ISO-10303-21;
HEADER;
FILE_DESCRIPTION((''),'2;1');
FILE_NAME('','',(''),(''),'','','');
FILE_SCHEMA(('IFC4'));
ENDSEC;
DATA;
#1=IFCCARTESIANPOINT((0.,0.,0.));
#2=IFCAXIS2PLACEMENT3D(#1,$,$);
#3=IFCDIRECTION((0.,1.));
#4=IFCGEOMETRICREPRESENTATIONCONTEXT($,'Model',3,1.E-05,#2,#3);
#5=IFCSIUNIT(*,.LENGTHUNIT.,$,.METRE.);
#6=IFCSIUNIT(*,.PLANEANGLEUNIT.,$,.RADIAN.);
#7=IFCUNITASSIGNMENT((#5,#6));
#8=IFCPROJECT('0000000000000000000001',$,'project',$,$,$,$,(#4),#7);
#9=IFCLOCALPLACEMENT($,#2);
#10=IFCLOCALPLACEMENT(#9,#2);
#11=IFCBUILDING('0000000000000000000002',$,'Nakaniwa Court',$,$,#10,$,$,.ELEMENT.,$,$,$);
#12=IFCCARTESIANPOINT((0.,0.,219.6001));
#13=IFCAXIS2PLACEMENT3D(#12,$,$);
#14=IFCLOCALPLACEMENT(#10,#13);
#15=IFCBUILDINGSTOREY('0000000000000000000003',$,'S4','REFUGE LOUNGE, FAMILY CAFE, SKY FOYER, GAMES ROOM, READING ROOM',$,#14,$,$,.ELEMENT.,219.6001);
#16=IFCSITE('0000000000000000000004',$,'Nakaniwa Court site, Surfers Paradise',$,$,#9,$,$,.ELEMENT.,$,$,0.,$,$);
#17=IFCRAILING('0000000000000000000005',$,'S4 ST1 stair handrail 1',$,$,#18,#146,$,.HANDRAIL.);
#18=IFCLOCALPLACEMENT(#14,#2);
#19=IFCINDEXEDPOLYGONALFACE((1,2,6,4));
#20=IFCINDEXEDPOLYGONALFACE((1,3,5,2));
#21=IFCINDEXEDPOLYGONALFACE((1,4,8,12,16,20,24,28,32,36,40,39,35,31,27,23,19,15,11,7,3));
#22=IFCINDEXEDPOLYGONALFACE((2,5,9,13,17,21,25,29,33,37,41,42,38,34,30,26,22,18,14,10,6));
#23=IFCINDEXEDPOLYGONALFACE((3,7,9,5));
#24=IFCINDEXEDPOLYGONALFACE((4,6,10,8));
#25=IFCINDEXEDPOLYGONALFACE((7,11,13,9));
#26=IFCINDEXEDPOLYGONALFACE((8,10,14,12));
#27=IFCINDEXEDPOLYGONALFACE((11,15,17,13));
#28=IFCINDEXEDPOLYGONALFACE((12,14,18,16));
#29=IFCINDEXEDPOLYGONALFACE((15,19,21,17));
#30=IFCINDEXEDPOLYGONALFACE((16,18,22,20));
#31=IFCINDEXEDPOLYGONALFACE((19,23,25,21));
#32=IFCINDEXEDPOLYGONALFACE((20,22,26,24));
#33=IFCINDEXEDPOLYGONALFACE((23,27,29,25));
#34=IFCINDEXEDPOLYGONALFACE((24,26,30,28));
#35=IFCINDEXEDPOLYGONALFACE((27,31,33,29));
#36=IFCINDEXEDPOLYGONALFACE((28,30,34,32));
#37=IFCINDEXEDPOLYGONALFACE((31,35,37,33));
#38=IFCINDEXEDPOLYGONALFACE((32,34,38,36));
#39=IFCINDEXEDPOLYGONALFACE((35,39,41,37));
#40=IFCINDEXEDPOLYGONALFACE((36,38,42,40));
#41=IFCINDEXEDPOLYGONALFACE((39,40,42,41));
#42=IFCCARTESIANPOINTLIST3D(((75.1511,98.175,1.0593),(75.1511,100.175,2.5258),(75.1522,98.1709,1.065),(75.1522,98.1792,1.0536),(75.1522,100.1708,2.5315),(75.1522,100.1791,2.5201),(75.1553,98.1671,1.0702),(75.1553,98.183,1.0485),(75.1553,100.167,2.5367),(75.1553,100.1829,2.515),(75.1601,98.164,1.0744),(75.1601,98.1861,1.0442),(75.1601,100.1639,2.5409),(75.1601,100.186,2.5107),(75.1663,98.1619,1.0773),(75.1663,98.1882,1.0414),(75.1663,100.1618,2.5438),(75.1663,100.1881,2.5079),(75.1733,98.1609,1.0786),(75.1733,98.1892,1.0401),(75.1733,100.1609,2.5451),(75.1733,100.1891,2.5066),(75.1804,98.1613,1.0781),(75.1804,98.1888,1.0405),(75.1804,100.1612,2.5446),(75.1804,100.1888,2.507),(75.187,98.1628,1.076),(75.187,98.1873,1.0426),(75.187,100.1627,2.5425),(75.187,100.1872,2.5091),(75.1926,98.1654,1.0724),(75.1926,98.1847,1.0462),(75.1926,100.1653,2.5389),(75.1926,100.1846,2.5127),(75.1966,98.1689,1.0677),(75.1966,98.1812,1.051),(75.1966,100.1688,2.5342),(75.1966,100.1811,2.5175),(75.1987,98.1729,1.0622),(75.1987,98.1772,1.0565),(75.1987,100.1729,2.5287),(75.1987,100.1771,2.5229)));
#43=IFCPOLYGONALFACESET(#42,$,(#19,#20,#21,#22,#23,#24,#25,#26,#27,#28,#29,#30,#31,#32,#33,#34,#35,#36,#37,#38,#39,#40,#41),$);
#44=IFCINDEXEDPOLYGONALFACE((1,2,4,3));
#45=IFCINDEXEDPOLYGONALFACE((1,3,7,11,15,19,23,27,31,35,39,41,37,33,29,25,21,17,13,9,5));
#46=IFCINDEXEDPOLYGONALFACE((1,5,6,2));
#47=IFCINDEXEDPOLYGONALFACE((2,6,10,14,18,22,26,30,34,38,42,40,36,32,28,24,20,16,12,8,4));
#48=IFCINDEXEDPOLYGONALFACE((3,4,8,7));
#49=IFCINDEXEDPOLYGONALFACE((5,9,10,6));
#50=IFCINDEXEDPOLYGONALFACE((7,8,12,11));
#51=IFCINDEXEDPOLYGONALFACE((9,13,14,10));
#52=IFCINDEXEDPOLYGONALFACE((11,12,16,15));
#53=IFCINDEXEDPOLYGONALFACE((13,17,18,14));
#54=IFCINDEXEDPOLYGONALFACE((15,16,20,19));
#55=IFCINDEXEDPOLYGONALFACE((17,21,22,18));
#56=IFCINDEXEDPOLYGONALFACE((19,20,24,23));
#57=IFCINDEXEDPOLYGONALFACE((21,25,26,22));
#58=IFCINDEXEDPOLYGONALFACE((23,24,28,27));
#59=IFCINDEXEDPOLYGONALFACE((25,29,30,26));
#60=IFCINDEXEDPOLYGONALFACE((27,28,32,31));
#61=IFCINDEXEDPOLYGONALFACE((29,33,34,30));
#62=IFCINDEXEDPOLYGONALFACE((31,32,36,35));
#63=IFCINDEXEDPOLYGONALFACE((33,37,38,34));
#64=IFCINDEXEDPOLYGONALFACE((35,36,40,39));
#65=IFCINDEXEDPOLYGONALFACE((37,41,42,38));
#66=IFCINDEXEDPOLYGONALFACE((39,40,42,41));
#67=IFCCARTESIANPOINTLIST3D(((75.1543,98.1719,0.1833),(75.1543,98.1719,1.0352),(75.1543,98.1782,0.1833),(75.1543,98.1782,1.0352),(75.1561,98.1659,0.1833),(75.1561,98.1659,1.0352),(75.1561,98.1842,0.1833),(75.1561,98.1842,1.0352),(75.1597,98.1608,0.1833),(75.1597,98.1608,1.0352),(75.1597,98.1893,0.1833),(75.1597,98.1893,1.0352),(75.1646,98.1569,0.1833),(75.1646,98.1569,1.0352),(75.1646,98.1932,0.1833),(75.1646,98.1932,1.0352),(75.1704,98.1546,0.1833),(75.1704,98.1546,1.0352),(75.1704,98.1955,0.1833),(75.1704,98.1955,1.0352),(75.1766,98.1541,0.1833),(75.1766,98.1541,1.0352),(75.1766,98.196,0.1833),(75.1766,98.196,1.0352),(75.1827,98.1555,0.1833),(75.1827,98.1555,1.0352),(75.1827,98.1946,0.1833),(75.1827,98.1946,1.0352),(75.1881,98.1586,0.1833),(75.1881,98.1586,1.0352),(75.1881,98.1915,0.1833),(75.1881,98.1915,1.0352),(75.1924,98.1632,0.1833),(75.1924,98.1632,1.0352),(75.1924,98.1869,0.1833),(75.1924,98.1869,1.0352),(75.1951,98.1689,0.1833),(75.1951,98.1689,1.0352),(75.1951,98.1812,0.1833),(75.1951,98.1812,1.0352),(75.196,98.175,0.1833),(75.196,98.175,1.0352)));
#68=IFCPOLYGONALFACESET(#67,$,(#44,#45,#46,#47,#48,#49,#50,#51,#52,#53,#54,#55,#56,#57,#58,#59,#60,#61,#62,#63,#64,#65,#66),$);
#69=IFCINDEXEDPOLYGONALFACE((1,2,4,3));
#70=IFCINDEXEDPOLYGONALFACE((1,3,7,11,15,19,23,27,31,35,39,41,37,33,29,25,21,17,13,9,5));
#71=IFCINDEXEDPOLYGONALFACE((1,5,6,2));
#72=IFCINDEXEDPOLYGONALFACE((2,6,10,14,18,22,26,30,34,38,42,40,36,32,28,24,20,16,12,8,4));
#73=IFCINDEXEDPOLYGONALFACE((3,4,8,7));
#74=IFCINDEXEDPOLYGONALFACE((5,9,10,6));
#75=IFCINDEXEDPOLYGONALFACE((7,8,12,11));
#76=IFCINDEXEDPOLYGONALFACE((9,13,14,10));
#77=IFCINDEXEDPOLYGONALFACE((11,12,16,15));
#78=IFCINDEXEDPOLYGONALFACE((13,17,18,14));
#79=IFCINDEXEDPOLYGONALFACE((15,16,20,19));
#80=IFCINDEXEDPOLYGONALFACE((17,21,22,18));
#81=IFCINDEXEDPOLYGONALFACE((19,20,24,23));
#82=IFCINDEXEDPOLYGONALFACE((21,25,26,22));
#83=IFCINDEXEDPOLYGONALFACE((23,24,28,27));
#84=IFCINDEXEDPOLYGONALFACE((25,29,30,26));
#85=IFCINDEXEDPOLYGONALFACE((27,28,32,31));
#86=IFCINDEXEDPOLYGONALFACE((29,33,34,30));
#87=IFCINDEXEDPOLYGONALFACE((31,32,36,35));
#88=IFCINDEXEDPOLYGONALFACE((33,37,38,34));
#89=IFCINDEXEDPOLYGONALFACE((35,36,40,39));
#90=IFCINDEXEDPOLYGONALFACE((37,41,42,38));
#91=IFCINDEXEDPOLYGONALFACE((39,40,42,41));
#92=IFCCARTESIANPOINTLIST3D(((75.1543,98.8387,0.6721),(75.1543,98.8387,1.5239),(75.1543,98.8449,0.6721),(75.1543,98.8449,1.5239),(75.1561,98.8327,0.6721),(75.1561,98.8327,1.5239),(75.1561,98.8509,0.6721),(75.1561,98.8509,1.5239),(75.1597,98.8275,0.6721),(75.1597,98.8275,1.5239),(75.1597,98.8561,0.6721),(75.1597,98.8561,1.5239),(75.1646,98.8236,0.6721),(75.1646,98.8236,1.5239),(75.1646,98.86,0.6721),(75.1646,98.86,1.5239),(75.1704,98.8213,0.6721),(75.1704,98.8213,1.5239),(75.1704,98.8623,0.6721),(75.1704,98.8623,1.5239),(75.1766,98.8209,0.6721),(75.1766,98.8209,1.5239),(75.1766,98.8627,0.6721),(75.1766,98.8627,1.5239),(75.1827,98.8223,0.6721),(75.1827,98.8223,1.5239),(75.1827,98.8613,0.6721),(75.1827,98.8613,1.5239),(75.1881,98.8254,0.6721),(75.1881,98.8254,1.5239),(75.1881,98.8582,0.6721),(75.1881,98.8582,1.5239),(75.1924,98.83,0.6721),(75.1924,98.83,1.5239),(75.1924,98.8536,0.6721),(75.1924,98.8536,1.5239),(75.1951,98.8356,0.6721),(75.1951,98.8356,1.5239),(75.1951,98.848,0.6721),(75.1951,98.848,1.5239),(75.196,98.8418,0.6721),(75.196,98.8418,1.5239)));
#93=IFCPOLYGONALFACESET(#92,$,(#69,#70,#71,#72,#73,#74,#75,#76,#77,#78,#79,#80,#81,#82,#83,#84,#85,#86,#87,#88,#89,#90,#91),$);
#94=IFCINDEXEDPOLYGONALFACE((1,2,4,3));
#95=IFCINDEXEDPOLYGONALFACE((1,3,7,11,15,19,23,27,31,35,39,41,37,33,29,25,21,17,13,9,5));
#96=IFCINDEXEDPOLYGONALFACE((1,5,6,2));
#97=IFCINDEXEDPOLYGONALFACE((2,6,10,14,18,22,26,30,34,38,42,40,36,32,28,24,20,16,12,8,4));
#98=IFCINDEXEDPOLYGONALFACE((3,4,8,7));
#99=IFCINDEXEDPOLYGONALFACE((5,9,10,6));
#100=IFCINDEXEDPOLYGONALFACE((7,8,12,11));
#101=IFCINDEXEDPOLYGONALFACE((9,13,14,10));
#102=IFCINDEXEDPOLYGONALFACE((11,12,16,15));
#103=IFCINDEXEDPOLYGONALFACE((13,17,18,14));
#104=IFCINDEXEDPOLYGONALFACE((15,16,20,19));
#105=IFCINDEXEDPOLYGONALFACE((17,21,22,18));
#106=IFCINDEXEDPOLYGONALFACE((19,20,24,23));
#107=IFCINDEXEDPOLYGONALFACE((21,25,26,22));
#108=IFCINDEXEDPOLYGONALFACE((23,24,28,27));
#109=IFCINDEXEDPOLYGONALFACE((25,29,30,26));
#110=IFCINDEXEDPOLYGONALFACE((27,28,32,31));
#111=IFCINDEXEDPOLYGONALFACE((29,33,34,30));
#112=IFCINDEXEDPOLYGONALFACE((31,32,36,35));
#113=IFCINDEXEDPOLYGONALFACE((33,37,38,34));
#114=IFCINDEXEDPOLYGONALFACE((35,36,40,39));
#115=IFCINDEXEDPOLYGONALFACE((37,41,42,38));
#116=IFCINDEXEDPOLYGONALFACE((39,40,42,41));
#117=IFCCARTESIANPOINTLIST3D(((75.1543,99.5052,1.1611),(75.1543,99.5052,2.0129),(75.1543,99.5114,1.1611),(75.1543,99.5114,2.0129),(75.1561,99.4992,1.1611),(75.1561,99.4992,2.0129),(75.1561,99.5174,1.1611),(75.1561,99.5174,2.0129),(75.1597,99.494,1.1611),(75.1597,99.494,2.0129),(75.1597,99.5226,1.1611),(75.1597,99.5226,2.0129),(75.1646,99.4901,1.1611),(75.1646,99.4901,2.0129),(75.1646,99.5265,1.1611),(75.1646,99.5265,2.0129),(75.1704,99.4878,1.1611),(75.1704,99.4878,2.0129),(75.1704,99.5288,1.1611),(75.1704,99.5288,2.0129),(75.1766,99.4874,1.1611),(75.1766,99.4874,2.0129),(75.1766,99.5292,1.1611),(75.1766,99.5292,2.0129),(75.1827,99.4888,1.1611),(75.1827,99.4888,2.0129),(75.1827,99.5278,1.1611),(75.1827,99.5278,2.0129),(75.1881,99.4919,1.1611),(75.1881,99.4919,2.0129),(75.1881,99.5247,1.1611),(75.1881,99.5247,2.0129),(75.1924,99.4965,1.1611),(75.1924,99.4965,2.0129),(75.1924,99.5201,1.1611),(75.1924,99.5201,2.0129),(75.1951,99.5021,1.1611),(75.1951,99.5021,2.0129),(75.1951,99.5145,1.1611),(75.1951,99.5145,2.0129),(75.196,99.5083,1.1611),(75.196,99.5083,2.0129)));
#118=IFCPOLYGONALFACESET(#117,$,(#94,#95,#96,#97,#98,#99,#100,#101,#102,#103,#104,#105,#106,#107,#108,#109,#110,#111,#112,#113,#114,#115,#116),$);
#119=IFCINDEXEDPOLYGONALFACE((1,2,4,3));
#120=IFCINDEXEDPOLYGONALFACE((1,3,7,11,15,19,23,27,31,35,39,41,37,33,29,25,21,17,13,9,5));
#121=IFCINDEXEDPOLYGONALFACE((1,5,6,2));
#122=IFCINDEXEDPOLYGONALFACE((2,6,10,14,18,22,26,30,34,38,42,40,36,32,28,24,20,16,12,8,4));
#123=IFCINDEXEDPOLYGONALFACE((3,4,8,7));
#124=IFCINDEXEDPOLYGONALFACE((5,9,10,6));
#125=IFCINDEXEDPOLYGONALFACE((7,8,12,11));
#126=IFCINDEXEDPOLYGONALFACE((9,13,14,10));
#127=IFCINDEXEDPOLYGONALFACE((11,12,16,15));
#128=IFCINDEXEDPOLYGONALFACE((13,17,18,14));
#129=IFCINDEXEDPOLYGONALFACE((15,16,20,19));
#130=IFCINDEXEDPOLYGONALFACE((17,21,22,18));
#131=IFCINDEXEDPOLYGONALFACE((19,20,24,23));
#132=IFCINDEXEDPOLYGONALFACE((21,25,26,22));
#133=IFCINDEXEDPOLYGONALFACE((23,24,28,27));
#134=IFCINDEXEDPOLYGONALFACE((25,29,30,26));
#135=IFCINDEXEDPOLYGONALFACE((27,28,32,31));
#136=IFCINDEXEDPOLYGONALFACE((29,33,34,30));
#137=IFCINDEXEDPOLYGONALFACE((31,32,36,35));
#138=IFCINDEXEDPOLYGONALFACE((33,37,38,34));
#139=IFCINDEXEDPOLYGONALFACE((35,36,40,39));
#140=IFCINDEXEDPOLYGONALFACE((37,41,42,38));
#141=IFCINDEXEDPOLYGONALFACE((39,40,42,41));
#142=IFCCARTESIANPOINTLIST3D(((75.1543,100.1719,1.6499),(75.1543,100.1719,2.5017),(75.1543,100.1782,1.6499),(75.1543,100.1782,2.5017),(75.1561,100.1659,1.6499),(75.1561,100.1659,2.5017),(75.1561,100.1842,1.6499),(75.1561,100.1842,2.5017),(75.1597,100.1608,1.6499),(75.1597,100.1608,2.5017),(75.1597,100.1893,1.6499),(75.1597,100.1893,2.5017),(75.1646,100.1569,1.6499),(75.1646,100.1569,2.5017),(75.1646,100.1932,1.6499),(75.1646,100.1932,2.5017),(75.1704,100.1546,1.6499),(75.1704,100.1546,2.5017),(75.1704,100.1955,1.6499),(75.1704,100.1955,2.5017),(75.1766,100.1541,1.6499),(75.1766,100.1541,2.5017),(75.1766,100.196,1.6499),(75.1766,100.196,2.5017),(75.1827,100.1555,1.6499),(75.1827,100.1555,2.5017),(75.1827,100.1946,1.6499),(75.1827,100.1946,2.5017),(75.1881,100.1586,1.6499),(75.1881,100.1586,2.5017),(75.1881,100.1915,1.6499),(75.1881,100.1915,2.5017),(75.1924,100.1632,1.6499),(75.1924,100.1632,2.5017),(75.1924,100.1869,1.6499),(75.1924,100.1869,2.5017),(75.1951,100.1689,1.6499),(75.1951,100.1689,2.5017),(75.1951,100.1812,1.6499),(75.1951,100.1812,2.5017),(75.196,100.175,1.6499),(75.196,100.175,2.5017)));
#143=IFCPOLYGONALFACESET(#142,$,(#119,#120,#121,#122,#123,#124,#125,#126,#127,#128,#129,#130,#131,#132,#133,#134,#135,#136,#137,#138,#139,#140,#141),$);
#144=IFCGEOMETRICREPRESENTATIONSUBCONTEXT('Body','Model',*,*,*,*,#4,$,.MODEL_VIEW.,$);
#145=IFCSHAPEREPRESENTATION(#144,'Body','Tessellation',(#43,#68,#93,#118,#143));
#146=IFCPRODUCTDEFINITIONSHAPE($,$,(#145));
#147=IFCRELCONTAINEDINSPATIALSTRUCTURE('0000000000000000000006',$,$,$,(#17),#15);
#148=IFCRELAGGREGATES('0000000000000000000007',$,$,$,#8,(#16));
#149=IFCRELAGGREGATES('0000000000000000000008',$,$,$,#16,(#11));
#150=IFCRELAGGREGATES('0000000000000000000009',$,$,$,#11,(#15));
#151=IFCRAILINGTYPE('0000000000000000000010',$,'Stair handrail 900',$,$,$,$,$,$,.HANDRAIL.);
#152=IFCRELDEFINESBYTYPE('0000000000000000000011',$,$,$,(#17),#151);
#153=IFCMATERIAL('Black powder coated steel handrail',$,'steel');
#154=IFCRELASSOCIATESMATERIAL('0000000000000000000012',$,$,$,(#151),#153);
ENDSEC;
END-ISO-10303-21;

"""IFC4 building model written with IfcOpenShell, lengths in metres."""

from ifc_helpers import new_model, si_unit, direction, frame, origin, origin_2d, place, context, subcontext, project, spatial, circle, extrude, material, type_object, element, save


model = new_model("IFC4")

# Units and contexts
model_context = context("Model", 3, precision=1e-05, world=origin(), true_north=direction((0.0, 1.0)))
body_context = subcontext(model_context, "Body", "Model", "MODEL_VIEW")
ifc_project = project(units=[si_unit("LENGTHUNIT", "METRE"), si_unit("PLANEANGLEUNIT", "RADIAN")], contexts=[model_context])

# Site, building, storey
site_placement = place(None, origin())
site = spatial("IfcSite", under=ifc_project, at=site_placement, Name="Nakaniwa Court site, Surfers Paradise", CompositionType="ELEMENT", RefElevation=0.0)
building_placement = place(site_placement, origin())
building = spatial("IfcBuilding", under=site, at=building_placement, Name="Nakaniwa Court", CompositionType="ELEMENT")
storey_placement = place(building_placement, frame((0.0, 0.0, 219.6001)))
storey = spatial("IfcBuildingStorey", under=building, at=storey_placement, Name="S4", Description="REFUGE LOUNGE, FAMILY CAFE, SKY FOYER, GAMES ROOM, READING ROOM", CompositionType="ELEMENT", Elevation=219.6001)

# Railing
ifc_material_1 = material(Name="Black powder coated steel handrail", Category="steel")
railing_type_1 = type_object("IfcRailingType", Name="Stair handrail 900", PredefinedType="HANDRAIL", material=ifc_material_1)
railing_1_placement = place(storey_placement, frame((75.175, 98.175, 0.1833)))
element("IfcRailing", 1, at=railing_1_placement, inside=storey, type_object=railing_type_1, Name="S4 ST1 stair handrail 1", PredefinedType="HANDRAIL", context=body_context, shape_type="SweptSolid", body=[
    extrude(circle(Radius=0.0239, at=origin_2d()), frame((0.0, 0.0, 0.876), z_axis=(0.0, 0.806427, 0.591334), x_axis=(-1.0, 0.0, 0.0)), (0.0, 0.0, 1.0), 2.48),
    extrude(circle(Radius=0.021, at=origin_2d()), origin(), (0.0, 0.0, 1.0), 0.8518),
    extrude(circle(Radius=0.021, at=origin_2d()), frame((0.0, 0.6667, 0.4888)), (0.0, 0.0, 1.0), 0.8518),
    extrude(circle(Radius=0.021, at=origin_2d()), frame((0.0, 1.3333, 0.9778)), (0.0, 0.0, 1.0), 0.8518),
    extrude(circle(Radius=0.021, at=origin_2d()), frame((0.0, 2.0, 1.4666)), (0.0, 0.0, 1.0), 0.8518),
])

save(model, "model.ifc")
